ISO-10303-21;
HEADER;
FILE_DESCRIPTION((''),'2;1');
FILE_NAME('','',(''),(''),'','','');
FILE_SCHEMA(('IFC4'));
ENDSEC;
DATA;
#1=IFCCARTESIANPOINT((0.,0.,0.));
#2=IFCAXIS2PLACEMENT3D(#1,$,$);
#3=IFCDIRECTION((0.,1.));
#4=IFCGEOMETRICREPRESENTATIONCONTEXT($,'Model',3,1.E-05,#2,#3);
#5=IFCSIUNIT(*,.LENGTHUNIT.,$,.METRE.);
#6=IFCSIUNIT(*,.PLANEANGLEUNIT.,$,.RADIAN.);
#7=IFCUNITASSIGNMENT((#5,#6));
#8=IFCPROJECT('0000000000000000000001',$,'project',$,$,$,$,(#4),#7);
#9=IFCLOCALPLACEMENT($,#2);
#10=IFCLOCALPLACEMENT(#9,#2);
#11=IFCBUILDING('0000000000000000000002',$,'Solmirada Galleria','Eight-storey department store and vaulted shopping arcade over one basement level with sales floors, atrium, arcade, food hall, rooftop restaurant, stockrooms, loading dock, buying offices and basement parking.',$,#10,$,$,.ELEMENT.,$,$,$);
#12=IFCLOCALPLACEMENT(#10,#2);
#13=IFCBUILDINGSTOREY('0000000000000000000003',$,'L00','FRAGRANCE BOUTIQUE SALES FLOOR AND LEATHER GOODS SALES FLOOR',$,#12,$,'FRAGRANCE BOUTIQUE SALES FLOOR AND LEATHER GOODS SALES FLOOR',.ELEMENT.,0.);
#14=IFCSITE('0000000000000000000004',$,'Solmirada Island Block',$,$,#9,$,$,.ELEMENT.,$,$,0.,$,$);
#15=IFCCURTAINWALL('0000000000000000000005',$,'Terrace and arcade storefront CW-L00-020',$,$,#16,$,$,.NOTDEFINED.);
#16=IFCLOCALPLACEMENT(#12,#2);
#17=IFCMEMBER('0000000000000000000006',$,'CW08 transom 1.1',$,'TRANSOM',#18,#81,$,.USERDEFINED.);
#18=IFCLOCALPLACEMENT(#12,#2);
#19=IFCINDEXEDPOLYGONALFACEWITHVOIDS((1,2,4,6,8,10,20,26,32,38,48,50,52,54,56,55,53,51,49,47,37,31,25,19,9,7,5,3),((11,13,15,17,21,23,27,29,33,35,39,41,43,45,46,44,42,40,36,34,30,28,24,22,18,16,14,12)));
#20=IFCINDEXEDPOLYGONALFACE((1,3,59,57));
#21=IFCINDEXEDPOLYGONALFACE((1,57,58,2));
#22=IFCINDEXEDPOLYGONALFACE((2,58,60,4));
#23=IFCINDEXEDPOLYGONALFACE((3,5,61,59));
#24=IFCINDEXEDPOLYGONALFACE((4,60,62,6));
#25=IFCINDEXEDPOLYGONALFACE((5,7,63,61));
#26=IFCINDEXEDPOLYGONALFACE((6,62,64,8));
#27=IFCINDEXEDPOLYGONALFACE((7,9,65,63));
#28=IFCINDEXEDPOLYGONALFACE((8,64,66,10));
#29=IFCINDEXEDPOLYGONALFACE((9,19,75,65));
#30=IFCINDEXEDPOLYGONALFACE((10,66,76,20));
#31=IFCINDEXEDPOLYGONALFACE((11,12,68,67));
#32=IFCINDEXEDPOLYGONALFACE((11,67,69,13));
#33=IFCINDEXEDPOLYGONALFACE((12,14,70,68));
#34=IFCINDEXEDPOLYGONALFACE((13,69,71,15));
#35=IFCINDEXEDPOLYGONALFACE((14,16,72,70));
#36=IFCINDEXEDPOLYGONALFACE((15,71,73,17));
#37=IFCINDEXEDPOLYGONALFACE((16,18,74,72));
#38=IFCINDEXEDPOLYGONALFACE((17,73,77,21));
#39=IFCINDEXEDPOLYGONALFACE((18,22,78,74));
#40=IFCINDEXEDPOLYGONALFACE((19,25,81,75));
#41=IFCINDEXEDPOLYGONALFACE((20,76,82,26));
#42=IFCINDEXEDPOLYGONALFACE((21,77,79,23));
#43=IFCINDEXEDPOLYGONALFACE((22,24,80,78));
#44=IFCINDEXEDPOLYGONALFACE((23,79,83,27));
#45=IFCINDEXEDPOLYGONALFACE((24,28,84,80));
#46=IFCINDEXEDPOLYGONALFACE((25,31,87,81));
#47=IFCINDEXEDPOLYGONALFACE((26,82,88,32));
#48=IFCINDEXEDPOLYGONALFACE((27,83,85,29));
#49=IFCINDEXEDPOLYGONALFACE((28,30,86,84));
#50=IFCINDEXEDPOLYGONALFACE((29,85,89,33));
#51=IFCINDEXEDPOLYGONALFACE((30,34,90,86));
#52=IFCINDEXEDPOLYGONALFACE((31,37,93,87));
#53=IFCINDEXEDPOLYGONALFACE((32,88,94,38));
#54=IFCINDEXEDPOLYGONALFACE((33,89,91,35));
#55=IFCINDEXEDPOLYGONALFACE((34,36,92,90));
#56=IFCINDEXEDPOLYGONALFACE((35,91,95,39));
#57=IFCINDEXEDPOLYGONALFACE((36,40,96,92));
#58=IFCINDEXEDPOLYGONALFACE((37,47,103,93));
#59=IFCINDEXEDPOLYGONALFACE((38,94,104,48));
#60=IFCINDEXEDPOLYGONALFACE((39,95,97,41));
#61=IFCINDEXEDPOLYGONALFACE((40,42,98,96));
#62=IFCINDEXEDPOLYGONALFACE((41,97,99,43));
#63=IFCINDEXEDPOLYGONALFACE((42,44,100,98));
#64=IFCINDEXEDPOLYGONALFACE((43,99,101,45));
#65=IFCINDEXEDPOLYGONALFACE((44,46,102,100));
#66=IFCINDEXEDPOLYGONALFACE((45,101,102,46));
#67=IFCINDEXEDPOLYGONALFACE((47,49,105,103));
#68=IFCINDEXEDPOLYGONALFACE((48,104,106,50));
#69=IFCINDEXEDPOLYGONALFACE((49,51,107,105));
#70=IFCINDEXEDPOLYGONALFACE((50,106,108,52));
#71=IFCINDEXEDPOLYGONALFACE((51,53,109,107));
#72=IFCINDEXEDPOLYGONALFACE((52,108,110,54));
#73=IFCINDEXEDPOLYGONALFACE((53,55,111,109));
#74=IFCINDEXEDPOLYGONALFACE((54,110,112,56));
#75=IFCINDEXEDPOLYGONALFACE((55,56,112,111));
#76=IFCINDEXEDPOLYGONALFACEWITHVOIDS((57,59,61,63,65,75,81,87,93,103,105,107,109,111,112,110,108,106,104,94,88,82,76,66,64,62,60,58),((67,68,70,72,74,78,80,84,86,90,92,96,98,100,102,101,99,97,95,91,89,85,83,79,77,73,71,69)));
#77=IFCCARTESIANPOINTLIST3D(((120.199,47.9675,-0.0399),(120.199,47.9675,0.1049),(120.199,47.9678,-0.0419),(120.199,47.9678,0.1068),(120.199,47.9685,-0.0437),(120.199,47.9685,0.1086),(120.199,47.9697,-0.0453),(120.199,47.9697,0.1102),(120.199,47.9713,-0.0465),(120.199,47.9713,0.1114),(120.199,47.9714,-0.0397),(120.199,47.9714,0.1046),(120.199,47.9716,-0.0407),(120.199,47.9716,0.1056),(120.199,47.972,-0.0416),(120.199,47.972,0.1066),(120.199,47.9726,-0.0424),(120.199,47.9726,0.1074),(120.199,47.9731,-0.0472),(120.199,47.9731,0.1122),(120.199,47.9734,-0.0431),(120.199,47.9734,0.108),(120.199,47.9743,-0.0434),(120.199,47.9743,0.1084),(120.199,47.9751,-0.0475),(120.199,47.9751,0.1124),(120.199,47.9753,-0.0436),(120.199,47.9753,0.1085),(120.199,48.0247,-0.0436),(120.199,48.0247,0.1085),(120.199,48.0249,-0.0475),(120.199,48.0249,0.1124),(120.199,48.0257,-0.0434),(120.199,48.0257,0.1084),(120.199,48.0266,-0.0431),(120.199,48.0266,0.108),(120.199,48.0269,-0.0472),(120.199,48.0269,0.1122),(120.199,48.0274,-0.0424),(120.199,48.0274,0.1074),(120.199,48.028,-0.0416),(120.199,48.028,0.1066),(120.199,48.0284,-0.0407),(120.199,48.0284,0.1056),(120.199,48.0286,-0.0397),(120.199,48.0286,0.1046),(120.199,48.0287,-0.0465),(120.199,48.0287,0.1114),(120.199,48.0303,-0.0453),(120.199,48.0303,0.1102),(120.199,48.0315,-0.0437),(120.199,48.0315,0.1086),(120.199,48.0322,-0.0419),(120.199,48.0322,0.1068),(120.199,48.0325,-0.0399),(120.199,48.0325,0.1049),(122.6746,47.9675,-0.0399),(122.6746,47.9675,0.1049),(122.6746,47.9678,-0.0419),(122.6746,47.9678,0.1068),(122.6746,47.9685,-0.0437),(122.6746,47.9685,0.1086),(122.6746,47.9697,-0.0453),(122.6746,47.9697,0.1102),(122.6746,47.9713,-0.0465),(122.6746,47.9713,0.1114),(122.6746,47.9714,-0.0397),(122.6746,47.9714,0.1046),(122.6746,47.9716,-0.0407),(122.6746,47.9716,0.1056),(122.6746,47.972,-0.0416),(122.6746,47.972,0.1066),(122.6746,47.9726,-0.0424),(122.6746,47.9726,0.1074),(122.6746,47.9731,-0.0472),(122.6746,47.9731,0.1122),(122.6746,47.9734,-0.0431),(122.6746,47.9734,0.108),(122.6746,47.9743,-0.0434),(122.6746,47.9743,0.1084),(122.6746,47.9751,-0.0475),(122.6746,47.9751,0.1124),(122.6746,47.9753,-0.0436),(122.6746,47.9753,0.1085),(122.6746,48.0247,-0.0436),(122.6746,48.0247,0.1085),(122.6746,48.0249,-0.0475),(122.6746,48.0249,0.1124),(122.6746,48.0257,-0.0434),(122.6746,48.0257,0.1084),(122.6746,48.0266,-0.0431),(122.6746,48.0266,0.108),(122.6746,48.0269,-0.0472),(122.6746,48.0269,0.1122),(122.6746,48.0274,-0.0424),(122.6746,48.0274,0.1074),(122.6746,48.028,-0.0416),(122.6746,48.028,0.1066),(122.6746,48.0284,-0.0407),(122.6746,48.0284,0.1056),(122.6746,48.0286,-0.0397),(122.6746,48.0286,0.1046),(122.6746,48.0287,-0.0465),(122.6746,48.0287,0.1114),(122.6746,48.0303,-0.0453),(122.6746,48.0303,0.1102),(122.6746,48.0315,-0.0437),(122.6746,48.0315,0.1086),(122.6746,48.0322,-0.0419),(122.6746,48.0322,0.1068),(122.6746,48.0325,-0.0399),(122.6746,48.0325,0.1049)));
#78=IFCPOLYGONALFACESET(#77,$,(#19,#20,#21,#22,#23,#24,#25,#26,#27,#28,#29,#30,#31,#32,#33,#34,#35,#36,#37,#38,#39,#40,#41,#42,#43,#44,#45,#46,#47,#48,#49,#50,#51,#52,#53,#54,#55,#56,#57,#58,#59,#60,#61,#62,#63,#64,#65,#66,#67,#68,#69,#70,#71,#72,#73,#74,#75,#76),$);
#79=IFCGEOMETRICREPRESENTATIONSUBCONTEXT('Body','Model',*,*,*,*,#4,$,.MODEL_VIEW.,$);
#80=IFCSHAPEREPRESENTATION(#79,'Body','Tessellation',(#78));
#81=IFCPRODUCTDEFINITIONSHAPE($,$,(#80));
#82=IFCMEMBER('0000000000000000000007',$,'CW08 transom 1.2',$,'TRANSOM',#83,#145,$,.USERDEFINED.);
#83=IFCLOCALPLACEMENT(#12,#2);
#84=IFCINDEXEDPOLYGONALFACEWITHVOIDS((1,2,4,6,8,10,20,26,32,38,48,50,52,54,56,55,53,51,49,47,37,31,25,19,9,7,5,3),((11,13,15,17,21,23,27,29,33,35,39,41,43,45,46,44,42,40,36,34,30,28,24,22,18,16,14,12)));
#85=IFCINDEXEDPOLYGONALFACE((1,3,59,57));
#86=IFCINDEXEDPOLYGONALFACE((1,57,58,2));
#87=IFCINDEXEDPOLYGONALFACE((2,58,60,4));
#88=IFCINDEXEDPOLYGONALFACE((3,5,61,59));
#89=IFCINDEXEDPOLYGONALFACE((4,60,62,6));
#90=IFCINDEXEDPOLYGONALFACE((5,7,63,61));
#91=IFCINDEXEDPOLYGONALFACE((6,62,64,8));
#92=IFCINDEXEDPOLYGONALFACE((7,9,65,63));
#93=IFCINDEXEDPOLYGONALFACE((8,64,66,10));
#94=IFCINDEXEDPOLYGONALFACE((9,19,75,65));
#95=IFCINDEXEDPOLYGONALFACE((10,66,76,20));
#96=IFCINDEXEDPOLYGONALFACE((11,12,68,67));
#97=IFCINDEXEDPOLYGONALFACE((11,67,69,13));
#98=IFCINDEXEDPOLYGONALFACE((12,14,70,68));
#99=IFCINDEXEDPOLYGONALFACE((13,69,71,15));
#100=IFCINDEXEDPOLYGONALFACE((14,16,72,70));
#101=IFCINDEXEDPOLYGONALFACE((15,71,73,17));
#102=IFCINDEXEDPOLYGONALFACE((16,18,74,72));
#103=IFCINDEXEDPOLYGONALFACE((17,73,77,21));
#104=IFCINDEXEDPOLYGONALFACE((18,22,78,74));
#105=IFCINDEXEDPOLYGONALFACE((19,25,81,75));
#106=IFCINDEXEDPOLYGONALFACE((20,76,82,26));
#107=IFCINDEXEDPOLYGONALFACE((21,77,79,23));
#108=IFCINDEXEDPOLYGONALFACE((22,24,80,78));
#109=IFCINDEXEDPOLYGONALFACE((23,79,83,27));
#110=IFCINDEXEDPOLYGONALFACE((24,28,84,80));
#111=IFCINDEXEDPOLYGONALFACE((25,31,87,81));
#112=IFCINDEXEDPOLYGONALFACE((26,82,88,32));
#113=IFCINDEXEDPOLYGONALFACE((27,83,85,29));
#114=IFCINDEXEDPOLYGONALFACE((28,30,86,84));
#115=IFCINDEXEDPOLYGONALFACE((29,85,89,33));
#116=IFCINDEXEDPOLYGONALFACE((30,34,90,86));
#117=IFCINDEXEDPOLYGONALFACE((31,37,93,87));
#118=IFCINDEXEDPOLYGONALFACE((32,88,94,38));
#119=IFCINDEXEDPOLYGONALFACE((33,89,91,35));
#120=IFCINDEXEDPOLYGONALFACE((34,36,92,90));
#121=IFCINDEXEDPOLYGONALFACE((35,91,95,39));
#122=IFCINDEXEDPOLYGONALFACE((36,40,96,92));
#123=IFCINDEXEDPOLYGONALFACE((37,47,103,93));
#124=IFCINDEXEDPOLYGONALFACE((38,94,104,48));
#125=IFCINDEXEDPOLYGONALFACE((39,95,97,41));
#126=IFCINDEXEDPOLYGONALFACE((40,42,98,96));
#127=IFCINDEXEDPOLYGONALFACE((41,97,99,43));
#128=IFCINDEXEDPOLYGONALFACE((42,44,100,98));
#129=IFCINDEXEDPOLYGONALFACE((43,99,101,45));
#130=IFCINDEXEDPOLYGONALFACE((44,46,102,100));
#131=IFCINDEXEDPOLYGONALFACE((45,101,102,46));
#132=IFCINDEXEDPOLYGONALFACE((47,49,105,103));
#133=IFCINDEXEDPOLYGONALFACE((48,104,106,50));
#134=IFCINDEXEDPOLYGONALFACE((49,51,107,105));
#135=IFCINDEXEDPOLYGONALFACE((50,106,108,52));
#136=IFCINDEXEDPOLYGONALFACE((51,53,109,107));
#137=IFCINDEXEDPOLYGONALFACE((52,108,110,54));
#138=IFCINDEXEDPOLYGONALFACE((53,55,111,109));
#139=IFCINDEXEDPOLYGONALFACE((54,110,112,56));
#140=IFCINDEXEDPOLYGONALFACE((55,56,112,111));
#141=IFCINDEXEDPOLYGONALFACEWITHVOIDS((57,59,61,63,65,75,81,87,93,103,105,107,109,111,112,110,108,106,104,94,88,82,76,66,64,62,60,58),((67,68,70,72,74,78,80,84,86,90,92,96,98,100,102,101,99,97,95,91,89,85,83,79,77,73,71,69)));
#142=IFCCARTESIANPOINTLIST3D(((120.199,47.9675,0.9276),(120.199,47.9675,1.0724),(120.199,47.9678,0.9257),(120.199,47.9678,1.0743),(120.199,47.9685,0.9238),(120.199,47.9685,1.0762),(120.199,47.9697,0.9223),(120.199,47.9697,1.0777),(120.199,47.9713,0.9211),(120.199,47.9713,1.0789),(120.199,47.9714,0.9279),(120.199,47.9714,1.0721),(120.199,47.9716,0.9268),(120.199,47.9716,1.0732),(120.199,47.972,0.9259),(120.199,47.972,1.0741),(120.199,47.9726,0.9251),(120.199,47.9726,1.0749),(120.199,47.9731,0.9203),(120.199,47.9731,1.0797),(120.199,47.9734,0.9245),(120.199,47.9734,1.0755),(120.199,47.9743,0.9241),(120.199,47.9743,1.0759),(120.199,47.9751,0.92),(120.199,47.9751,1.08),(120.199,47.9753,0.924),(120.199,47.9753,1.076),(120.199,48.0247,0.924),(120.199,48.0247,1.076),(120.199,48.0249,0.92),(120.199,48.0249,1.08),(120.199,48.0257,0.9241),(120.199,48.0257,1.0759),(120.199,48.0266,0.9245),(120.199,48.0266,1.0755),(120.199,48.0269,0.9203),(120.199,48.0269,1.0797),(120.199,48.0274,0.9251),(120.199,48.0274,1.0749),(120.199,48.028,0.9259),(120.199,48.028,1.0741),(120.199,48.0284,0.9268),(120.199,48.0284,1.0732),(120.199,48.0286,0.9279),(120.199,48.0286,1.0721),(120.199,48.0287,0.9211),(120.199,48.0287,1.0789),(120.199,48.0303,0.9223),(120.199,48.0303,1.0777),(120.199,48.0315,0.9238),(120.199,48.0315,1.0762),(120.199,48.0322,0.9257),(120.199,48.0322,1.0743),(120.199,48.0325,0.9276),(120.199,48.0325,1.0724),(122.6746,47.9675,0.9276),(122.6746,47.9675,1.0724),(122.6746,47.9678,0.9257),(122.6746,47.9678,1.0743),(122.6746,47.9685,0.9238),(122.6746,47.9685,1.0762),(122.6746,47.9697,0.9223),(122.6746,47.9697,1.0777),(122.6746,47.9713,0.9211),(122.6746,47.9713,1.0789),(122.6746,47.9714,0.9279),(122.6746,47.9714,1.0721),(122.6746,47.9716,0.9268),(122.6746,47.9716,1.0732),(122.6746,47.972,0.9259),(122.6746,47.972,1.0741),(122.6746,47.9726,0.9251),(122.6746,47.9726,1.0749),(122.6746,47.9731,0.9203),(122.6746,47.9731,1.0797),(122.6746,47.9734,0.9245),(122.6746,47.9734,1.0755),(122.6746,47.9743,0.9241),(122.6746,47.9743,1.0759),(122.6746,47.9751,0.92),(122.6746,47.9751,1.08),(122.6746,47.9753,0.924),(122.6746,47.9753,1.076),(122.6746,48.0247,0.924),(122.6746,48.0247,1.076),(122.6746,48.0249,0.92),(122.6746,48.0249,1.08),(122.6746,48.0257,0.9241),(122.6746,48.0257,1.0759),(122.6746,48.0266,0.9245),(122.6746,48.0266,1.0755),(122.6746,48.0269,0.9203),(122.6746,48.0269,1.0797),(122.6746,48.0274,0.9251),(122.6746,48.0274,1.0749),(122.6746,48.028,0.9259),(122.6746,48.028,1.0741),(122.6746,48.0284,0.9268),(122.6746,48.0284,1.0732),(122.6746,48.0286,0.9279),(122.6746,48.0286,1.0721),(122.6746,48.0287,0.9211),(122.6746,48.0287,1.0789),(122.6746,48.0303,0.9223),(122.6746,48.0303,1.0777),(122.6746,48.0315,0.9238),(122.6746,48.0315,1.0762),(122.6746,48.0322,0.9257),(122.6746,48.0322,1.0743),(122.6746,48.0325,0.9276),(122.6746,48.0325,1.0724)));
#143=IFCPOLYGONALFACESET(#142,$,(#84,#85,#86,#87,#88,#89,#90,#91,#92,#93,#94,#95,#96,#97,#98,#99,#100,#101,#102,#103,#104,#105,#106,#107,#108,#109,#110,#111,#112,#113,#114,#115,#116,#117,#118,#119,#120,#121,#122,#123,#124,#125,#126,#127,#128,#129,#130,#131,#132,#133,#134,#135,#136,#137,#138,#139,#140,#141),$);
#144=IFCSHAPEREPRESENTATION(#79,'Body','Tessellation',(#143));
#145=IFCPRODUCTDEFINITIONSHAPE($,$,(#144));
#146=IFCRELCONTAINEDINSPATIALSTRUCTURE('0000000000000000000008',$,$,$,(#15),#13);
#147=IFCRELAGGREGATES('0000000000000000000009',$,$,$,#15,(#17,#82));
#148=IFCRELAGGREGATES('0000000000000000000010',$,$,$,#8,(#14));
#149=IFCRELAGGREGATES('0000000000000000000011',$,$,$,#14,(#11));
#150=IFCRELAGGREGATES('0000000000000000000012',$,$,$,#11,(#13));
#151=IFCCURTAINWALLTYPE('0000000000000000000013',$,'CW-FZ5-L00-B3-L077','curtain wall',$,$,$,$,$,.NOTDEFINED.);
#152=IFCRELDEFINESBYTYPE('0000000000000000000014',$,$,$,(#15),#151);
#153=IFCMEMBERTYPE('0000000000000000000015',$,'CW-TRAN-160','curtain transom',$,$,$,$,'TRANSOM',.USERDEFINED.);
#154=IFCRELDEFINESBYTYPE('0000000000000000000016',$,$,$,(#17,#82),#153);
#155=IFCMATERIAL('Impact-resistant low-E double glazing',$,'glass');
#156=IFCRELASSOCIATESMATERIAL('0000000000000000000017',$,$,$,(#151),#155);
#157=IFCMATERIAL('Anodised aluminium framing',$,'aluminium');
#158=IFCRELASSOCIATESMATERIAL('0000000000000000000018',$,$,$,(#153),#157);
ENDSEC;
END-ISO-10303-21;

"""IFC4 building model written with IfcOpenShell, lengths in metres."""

from ifc_helpers import new_model, si_unit, direction, frame, origin, origin_2d, place, context, subcontext, project, spatial, hollow_rectangle, extrude, material, material_profile, profile_set, type_object, element, aggregate, save


model = new_model("IFC4")

# Units and contexts
model_context = context("Model", 3, precision=1e-05, world=origin(), true_north=direction((0.0, 1.0)))
body_context = subcontext(model_context, "Body", "Model", "MODEL_VIEW")
ifc_project = project(units=[si_unit("LENGTHUNIT", "METRE"), si_unit("PLANEANGLEUNIT", "RADIAN")], contexts=[model_context])

# Site, building, storey
site_placement = place(None, origin())
site = spatial("IfcSite", under=ifc_project, at=site_placement, Name="Solmirada Island Block", CompositionType="ELEMENT", RefElevation=0.0)
building_placement = place(site_placement, origin())
building = spatial("IfcBuilding", under=site, at=building_placement, Name="Solmirada Galleria", Description="Eight-storey department store and vaulted shopping arcade over one basement level with sales floors, atrium, arcade, food hall, rooftop restaurant, stockrooms, loading dock, buying offices and basement parking.", CompositionType="ELEMENT")
storey_placement = place(building_placement, origin())
storey = spatial("IfcBuildingStorey", under=building, at=storey_placement, Name="L00", Description="FRAGRANCE BOUTIQUE SALES FLOOR AND LEATHER GOODS SALES FLOOR", LongName="FRAGRANCE BOUTIQUE SALES FLOOR AND LEATHER GOODS SALES FLOOR", CompositionType="ELEMENT", Elevation=0.0)

# Shared definitions
ifc_material_1 = material(Name="Impact-resistant low-E double glazing", Category="glass")
ifc_material_2 = material(Name="Anodised aluminium framing", Category="aluminium")
curtain_wall_type_1 = type_object("IfcCurtainWallType", Name="CW-FZ5-L00-B3-L077", Description="curtain wall", PredefinedType="NOTDEFINED", material=ifc_material_1)

# Shared definitions
ifc_material_profile_1 = material_profile(ifc_material_2, hollow_rectangle(XDim=0.0649, YDim=0.1599, WallThickness=0.0039, InnerFilletRadius=0.0039, OuterFilletRadius=0.0076, at=origin_2d()), Name="ALU-TRAN-160X65")
ifc_profile_set_1 = profile_set([ifc_material_profile_1], Name="Anodised aluminium framing")
member_type_1 = type_object("IfcMemberType", Name="CW-TRAN-160", Description="curtain transom", ElementType="TRANSOM", PredefinedType="USERDEFINED", material=ifc_profile_set_1)

# Curtain wall, members
curtain_wall_1_placement = place(storey_placement, origin())
curtain_wall_1 = element("IfcCurtainWall", 1, at=curtain_wall_1_placement, inside=storey, type_object=curtain_wall_type_1, Name="Terrace and arcade storefront CW-L00-020", PredefinedType="NOTDEFINED")
member_1_placement = place(storey_placement, frame((120.199, 48.0, 0.0325), z_axis=(1.0, 0.0, 0.0), x_axis=(0.0, 1.0, 0.0)))
member_1 = element("IfcMember", 2, at=member_1_placement, type_object=member_type_1, Name="CW08 transom 1.1", ObjectType="TRANSOM", PredefinedType="USERDEFINED", context=body_context, shape_type="SweptSolid", body=[
    extrude(hollow_rectangle(XDim=0.0649, YDim=0.1599, WallThickness=0.0039, InnerFilletRadius=0.0039, OuterFilletRadius=0.0076, at=origin_2d()), origin(), (0.0, 0.0, 1.0), 2.4756),
])
member_2_placement = place(storey_placement, frame((120.199, 48.0, 1.0), z_axis=(1.0, 0.0, 0.0), x_axis=(0.0, 1.0, 0.0)))
member_2 = element("IfcMember", 3, at=member_2_placement, type_object=member_type_1, Name="CW08 transom 1.2", ObjectType="TRANSOM", PredefinedType="USERDEFINED", context=body_context, shape_type="SweptSolid", body=[
    extrude(hollow_rectangle(XDim=0.0649, YDim=0.1599, WallThickness=0.0039, InnerFilletRadius=0.0039, OuterFilletRadius=0.0076, at=origin_2d()), origin(), (0.0, 0.0, 1.0), 2.4756),
])

aggregate(curtain_wall_1, [member_1, member_2])

save(model, "model.ifc")
